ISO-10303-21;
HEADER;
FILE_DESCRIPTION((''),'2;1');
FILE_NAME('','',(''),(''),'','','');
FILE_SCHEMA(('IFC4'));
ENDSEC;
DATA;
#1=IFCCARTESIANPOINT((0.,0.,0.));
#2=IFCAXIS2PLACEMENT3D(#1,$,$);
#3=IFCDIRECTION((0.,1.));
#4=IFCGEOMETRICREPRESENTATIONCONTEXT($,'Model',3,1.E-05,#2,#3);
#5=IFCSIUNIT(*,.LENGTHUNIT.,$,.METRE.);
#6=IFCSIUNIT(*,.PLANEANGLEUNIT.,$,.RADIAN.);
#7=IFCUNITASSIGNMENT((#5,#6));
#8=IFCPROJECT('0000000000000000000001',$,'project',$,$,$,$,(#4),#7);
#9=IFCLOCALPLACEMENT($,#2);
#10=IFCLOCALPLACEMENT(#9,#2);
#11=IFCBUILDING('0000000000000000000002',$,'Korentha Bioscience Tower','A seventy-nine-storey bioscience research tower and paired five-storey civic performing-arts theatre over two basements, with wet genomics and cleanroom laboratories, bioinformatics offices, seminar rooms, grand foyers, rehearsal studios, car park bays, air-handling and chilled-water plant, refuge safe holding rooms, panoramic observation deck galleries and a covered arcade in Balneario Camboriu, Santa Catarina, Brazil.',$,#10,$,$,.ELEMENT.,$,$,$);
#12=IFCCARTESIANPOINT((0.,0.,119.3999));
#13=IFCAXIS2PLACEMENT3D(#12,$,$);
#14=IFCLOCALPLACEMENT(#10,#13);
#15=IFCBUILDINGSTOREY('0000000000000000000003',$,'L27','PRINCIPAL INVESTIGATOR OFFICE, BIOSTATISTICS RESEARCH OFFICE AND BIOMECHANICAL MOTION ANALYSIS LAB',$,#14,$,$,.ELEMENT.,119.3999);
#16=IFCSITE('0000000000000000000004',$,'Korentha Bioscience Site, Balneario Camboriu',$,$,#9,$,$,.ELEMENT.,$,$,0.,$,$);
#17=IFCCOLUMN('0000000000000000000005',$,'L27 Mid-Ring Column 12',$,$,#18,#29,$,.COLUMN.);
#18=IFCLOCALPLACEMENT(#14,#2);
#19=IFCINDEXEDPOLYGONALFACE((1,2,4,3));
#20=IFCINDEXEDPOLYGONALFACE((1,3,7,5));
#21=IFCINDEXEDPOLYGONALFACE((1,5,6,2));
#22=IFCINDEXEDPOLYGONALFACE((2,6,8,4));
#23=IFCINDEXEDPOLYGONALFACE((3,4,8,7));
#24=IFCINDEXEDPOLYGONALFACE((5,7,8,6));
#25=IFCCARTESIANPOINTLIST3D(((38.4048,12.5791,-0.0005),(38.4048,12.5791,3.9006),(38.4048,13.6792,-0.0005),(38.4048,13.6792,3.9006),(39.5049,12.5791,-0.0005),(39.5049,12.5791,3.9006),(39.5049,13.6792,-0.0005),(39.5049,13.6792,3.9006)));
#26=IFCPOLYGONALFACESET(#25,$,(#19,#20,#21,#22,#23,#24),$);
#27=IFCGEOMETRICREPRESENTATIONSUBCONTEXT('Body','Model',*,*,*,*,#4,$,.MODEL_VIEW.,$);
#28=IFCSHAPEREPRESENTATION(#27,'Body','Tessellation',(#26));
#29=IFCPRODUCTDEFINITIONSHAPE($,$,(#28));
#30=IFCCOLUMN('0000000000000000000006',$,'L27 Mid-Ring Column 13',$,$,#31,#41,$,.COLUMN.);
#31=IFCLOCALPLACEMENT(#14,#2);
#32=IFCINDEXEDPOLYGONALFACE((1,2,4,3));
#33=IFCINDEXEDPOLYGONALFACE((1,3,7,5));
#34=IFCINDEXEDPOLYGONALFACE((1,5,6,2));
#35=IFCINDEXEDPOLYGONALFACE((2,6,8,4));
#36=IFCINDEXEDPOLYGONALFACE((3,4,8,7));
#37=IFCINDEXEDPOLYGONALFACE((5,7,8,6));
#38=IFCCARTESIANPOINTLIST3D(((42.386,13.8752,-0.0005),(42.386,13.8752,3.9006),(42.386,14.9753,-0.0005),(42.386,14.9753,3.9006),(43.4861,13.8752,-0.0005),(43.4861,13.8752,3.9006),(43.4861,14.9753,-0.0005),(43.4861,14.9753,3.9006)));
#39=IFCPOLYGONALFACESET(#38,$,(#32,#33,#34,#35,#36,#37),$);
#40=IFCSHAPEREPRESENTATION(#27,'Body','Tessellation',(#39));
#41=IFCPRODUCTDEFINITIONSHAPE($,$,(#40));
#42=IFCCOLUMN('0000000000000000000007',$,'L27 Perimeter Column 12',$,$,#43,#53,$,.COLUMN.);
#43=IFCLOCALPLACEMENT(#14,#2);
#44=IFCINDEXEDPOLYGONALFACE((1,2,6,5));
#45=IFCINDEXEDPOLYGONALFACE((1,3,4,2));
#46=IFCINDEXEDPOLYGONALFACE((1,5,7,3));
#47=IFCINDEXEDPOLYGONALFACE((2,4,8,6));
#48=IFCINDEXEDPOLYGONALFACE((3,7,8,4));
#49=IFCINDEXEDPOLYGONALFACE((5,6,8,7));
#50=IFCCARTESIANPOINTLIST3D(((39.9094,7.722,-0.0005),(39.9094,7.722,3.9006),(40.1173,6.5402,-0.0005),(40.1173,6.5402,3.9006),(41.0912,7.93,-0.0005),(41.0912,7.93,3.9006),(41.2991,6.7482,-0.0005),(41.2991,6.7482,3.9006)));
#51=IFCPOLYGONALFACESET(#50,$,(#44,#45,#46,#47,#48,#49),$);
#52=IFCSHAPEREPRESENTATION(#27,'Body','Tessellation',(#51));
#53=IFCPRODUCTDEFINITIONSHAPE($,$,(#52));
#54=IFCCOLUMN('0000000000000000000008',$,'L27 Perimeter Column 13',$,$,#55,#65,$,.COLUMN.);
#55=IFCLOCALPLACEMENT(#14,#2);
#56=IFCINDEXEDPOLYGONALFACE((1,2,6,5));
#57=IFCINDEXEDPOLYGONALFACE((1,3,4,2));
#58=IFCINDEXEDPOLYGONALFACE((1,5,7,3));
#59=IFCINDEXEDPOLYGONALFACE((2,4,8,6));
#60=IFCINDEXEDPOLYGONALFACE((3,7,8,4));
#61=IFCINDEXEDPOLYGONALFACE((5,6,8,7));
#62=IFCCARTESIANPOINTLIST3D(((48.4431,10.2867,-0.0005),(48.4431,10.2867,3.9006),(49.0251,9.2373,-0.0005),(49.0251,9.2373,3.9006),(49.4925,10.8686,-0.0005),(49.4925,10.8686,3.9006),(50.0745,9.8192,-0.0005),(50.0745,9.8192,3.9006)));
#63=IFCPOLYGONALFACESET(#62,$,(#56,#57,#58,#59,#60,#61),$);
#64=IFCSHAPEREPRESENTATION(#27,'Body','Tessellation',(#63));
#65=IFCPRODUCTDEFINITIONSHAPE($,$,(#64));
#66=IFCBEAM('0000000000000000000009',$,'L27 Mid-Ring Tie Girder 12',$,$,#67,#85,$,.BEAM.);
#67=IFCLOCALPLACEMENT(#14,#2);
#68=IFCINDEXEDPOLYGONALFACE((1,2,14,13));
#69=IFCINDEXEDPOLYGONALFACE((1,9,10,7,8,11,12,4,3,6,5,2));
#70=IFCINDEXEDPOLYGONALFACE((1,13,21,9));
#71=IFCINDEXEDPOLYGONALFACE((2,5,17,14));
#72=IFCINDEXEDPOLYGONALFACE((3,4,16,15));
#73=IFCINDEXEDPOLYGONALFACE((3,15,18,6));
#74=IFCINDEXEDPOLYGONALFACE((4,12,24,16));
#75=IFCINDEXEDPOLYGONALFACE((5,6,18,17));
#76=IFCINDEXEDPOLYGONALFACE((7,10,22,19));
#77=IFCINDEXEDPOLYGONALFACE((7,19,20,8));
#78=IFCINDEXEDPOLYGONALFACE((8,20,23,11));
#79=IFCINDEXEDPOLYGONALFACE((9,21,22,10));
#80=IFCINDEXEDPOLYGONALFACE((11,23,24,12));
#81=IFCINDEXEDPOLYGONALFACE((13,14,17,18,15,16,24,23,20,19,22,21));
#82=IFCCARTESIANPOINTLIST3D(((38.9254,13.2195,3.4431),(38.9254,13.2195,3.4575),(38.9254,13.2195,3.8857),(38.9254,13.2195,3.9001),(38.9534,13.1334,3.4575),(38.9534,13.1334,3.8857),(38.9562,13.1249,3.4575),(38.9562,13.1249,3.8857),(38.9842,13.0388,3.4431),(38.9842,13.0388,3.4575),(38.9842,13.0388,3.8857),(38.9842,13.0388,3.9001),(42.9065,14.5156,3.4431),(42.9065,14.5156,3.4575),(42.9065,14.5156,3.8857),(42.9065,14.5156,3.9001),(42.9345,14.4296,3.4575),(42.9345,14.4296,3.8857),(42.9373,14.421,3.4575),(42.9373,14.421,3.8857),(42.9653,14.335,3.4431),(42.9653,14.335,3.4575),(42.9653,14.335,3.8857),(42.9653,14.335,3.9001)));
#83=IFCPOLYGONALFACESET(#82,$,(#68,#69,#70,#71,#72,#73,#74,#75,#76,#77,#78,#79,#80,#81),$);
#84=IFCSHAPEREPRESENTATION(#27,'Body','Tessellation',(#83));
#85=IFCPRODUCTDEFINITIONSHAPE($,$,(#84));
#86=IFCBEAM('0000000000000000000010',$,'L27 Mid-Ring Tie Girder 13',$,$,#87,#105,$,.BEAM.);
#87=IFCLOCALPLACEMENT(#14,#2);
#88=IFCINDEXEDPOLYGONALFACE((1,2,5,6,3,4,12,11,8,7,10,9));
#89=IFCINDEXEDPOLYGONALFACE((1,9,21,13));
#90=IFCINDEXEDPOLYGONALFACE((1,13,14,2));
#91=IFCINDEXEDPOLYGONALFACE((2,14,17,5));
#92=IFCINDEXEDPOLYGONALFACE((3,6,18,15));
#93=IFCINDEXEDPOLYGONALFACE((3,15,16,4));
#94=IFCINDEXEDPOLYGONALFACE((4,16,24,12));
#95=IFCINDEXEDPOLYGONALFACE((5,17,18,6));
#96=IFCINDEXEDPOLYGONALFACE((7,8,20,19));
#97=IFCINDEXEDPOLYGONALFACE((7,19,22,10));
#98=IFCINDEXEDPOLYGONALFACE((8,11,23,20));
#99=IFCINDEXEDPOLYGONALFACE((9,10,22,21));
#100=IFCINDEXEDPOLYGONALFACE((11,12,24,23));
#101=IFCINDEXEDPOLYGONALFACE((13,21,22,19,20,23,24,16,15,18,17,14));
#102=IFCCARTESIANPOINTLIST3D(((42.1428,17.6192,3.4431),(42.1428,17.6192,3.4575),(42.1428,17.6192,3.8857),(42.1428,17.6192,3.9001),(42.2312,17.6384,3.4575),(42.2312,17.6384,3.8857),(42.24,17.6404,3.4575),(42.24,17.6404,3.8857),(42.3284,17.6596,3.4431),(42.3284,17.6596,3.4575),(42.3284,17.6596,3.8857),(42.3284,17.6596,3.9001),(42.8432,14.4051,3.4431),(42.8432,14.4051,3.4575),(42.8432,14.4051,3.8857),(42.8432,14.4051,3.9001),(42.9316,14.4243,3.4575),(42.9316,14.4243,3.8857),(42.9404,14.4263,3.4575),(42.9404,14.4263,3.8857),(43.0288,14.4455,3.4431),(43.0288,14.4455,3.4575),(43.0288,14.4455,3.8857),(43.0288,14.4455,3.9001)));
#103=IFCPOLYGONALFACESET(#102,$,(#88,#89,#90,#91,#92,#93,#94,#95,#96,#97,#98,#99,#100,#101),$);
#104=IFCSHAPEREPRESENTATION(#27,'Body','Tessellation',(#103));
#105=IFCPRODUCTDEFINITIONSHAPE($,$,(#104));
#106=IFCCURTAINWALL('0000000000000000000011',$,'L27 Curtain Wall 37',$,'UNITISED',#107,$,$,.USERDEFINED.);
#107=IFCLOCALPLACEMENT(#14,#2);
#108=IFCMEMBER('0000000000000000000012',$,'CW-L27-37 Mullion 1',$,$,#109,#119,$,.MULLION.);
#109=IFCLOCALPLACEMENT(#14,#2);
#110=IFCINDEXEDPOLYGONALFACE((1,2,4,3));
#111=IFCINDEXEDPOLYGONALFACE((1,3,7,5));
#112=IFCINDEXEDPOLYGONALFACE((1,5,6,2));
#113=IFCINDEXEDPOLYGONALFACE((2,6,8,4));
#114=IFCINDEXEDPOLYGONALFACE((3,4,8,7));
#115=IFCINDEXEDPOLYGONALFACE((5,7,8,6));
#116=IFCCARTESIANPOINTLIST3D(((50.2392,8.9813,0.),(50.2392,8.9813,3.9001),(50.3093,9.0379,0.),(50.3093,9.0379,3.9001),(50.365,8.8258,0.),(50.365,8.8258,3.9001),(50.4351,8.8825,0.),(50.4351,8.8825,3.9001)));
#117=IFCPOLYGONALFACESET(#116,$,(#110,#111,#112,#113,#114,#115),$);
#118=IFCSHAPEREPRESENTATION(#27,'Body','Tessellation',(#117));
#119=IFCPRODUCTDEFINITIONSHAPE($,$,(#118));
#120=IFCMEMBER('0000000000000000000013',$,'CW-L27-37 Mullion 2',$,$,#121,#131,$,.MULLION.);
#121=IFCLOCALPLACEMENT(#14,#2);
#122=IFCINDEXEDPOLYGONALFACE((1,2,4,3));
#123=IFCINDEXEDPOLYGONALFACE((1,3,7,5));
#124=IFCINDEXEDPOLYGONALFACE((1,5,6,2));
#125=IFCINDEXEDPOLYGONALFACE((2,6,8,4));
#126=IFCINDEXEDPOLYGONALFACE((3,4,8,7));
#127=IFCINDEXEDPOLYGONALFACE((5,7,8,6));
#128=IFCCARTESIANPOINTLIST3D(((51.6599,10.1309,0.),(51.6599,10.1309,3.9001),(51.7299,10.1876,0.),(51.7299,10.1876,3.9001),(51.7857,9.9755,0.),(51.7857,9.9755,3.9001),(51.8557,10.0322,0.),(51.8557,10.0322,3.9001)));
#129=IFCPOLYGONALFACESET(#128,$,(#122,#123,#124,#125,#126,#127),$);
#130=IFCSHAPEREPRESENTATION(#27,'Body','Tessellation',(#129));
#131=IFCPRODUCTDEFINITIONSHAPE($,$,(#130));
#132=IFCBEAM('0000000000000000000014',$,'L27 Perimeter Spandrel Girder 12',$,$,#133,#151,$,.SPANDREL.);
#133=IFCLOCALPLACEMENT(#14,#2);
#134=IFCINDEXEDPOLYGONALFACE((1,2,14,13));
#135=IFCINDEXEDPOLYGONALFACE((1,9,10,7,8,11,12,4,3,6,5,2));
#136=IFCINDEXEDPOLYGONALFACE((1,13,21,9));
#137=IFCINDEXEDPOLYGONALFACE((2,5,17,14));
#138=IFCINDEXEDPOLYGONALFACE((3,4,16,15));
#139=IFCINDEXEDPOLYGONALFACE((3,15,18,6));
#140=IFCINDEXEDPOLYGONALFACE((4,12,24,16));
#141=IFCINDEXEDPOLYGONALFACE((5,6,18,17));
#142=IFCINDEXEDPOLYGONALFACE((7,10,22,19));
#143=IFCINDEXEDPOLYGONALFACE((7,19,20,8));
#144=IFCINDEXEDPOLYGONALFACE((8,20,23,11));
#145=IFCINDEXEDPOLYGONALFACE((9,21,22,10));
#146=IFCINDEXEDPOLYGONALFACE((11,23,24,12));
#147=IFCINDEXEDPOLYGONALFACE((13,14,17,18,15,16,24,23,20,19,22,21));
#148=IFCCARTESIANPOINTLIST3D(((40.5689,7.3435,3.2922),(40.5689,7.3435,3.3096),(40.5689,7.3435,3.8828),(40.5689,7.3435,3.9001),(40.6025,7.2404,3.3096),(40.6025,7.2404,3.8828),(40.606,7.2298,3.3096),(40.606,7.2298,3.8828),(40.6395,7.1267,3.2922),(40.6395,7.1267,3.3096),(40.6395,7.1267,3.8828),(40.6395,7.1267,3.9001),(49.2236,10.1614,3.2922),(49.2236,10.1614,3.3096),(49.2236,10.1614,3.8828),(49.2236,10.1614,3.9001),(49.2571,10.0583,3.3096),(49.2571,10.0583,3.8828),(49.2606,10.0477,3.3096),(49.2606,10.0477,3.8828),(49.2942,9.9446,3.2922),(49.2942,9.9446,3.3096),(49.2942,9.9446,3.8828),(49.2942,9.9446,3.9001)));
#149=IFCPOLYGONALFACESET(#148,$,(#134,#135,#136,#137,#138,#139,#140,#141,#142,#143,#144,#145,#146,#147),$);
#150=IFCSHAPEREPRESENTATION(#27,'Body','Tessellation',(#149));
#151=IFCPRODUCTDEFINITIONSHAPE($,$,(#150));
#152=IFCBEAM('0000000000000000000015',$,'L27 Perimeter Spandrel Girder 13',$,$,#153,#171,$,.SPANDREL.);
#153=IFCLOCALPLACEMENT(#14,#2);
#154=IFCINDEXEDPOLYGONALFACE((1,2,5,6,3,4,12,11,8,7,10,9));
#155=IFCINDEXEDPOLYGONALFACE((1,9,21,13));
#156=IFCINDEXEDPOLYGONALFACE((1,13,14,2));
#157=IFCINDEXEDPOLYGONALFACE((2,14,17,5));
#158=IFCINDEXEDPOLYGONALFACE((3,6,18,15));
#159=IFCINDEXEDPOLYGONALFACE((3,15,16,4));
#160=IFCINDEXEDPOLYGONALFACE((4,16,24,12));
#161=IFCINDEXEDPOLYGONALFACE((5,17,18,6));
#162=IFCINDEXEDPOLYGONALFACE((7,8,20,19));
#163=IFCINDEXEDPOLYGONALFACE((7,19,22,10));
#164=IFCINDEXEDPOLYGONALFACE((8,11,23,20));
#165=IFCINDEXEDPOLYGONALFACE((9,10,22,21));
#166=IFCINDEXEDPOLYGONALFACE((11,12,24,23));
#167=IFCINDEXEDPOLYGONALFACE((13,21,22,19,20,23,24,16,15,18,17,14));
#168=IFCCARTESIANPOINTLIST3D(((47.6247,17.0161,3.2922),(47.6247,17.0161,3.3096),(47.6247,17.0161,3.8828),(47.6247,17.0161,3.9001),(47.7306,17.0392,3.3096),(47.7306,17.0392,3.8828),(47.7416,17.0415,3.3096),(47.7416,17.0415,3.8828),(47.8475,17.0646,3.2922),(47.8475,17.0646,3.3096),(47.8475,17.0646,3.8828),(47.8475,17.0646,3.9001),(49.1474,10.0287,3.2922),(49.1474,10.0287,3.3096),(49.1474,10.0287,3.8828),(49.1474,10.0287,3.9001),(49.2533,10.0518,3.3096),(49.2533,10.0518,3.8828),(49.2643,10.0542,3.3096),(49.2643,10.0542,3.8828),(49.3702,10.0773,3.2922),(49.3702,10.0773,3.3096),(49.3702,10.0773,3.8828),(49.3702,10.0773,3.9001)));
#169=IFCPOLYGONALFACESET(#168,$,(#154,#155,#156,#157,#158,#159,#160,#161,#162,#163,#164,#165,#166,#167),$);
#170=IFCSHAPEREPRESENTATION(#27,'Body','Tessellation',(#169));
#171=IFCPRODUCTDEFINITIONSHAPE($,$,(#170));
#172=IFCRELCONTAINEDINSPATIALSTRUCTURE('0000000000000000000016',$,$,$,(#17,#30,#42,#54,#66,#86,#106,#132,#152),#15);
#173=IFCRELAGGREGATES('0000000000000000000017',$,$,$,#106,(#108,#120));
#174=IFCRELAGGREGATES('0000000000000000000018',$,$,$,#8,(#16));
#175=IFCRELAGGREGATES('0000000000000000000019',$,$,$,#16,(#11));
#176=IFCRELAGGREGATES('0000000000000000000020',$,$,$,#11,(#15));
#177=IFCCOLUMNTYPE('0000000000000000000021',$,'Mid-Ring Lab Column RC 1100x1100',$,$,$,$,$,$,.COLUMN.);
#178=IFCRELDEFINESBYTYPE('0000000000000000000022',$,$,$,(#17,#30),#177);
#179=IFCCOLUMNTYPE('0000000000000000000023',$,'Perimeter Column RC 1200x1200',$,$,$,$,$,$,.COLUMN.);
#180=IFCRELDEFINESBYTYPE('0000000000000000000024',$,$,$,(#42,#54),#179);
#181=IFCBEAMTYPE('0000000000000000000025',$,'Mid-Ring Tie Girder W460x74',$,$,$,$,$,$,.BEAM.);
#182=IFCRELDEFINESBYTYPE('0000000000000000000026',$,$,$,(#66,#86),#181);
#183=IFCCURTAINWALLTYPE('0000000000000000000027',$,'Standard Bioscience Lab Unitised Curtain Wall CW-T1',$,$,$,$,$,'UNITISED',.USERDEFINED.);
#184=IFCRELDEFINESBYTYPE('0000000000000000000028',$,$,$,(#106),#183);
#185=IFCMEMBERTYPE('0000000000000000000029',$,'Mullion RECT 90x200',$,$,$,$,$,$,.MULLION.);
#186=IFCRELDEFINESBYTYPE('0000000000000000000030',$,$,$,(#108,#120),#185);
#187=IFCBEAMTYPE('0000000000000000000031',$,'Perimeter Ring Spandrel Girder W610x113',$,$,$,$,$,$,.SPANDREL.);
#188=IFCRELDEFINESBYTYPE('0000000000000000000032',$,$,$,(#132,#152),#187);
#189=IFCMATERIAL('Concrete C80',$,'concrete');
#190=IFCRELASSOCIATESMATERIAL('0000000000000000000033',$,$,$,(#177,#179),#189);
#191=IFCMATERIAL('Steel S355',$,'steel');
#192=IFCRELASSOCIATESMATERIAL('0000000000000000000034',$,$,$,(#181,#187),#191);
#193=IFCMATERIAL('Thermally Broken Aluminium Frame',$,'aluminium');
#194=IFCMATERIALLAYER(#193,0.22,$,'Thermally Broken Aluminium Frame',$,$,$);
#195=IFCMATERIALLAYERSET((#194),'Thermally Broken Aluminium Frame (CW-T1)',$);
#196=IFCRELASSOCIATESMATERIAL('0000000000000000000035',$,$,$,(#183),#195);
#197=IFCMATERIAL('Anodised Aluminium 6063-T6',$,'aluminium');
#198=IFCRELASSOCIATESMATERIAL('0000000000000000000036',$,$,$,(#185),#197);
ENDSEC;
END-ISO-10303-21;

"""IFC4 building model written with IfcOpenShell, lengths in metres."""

from ifc_helpers import new_model, si_unit, direction, frame, origin, origin_2d, place, context, subcontext, project, spatial, rectangle, i_section, extrude, material, layer, layer_set, material_profile, profile_set, type_object, element, aggregate, save


model = new_model("IFC4")

# Units and contexts
model_context = context("Model", 3, precision=1e-05, world=origin(), true_north=direction((0.0, 1.0)))
body_context = subcontext(model_context, "Body", "Model", "MODEL_VIEW")
ifc_project = project(units=[si_unit("LENGTHUNIT", "METRE"), si_unit("PLANEANGLEUNIT", "RADIAN")], contexts=[model_context])

# Site, building, storey
site_placement = place(None, origin())
site = spatial("IfcSite", under=ifc_project, at=site_placement, Name="Korentha Bioscience Site, Balneario Camboriu", CompositionType="ELEMENT", RefElevation=0.0)
building_placement = place(site_placement, origin())
building = spatial("IfcBuilding", under=site, at=building_placement, Name="Korentha Bioscience Tower", Description="A seventy-nine-storey bioscience research tower and paired five-storey civic performing-arts theatre over two basements, with wet genomics and cleanroom laboratories, bioinformatics offices, seminar rooms, grand foyers, rehearsal studios, car park bays, air-handling and chilled-water plant, refuge safe holding rooms, panoramic observation deck galleries and a covered arcade in Balneario Camboriu, Santa Catarina, Brazil.", CompositionType="ELEMENT")
storey_placement = place(building_placement, frame((0.0, 0.0, 119.3999)))
storey = spatial("IfcBuildingStorey", under=building, at=storey_placement, Name="L27", Description="PRINCIPAL INVESTIGATOR OFFICE, BIOSTATISTICS RESEARCH OFFICE AND BIOMECHANICAL MOTION ANALYSIS LAB", CompositionType="ELEMENT", Elevation=119.3999)

# Columns
ifc_material_1 = material(Name="Concrete C80", Category="concrete")
ifc_material_profile_1 = material_profile(ifc_material_1, rectangle(XDim=1.1001, YDim=1.1001, at=origin_2d()), Name="Concrete C80")
ifc_profile_set_1 = profile_set([ifc_material_profile_1], Name="Concrete C80 (COL-MR11)")
column_type_1 = type_object("IfcColumnType", Name="Mid-Ring Lab Column RC 1100x1100", PredefinedType="COLUMN", material=ifc_profile_set_1)
for number, where, z_axis, x_axis, name in (
    (1, (38.9548, 13.1292, -0.0005), (0.0, 0.0, 1.0), (1.0, 0.0, 0.0), "L27 Mid-Ring Column 12"),
    (2, (42.936, 14.4253, -0.0005), (0.0, 0.0, 1.0), (1.0, 0.0, 0.0), "L27 Mid-Ring Column 13"),
):
    element("IfcColumn", number, at=place(storey_placement, frame(where, z_axis=z_axis, x_axis=x_axis)), inside=storey, type_object=column_type_1, Name=name, PredefinedType="COLUMN", context=body_context, shape_type="SweptSolid", body=[
        extrude(rectangle(XDim=1.1001, YDim=1.1001, at=origin_2d()), origin(), (0.0, 0.0, 1.0), 3.9011),
    ])
ifc_material_profile_2 = material_profile(ifc_material_1, rectangle(XDim=1.2, YDim=1.2, at=origin_2d()), Name="Concrete C80")
ifc_profile_set_2 = profile_set([ifc_material_profile_2], Name="Concrete C80 (COL-P12)")
column_type_2 = type_object("IfcColumnType", Name="Perimeter Column RC 1200x1200", PredefinedType="COLUMN", material=ifc_profile_set_2)
for number, where, z_axis, x_axis, name in (
    (3, (40.6042, 7.2351, -0.0005), (0.0, 0.0, 1.0), (0.984868, 0.173304, 0.0), "L27 Perimeter Column 12"),
    (4, (49.2588, 10.053, -0.0005), (0.0, 0.0, 1.0), (0.874535, 0.484962, 0.0), "L27 Perimeter Column 13"),
):
    element("IfcColumn", number, at=place(storey_placement, frame(where, z_axis=z_axis, x_axis=x_axis)), inside=storey, type_object=column_type_2, Name=name, PredefinedType="COLUMN", context=body_context, shape_type="SweptSolid", body=[
        extrude(rectangle(XDim=1.2, YDim=1.2, at=origin_2d()), origin(), (0.0, 0.0, 1.0), 3.9011),
    ])

# Beams
ifc_material_2 = material(Name="Steel S355", Category="steel")
ifc_material_profile_3 = material_profile(ifc_material_2, i_section(OverallWidth=0.1899, OverallDepth=0.457, WebThickness=0.009, FlangeThickness=0.0144, at=origin_2d()), Name="Steel S355")
ifc_profile_set_3 = profile_set([ifc_material_profile_3], Name="Steel S355 (MB-460)")
beam_type_1 = type_object("IfcBeamType", Name="Mid-Ring Tie Girder W460x74", PredefinedType="BEAM", material=ifc_profile_set_3)
beam_1_placement = place(storey_placement, frame((38.9548, 13.1292, 3.6716), z_axis=(0.950876, 0.309573, 0.0), x_axis=(-0.309573, 0.950876, 0.0)))
element("IfcBeam", 5, at=beam_1_placement, inside=storey, type_object=beam_type_1, Name="L27 Mid-Ring Tie Girder 12", PredefinedType="BEAM", context=body_context, shape_type="SweptSolid", body=[
    extrude(i_section(OverallWidth=0.1899, OverallDepth=0.457, WebThickness=0.009, FlangeThickness=0.0144, at=origin_2d()), origin(), (0.0, 0.0, 1.0), 4.1868),
])
beam_2_placement = place(storey_placement, frame((42.936, 14.4253, 3.6716), z_axis=(-0.212929, 0.977068, 0.0), x_axis=(-0.977068, -0.212929, 0.0)))
element("IfcBeam", 6, at=beam_2_placement, inside=storey, type_object=beam_type_1, Name="L27 Mid-Ring Tie Girder 13", PredefinedType="BEAM", context=body_context, shape_type="SweptSolid", body=[
    extrude(i_section(OverallWidth=0.1899, OverallDepth=0.457, WebThickness=0.009, FlangeThickness=0.0144, at=origin_2d()), origin(), (0.0, 0.0, 1.0), 3.2896),
])

# Curtain wall, members
ifc_material_3 = material(Name="Thermally Broken Aluminium Frame", Category="aluminium")
ifc_layer_1 = layer(ifc_material_3, 0.22, Name="Thermally Broken Aluminium Frame")
ifc_layer_set_1 = layer_set([ifc_layer_1], Name="Thermally Broken Aluminium Frame (CW-T1)")
curtain_wall_type = type_object("IfcCurtainWallType", Name="Standard Bioscience Lab Unitised Curtain Wall CW-T1", ElementType="UNITISED", PredefinedType="USERDEFINED", material=ifc_layer_set_1)
curtain_wall_placement = place(storey_placement, origin())
curtain_wall = element("IfcCurtainWall", 7, at=curtain_wall_placement, inside=storey, type_object=curtain_wall_type, Name="L27 Curtain Wall 37", ObjectType="UNITISED", PredefinedType="USERDEFINED")
ifc_material_4 = material(Name="Anodised Aluminium 6063-T6", Category="aluminium")
ifc_material_profile_4 = material_profile(ifc_material_4, rectangle(XDim=0.0901, YDim=0.2, at=origin_2d()), Name="Anodised Aluminium 6063-T6")
ifc_profile_set_4 = profile_set([ifc_material_profile_4], Name="Anodised Aluminium 6063-T6 (CW-MUL)")
member_type_1 = type_object("IfcMemberType", Name="Mullion RECT 90x200", PredefinedType="MULLION", material=ifc_profile_set_4)
member_1_placement = place(storey_placement, frame((50.3372, 8.9319, 0.0), z_axis=(0.0, 0.0, 1.0), x_axis=(0.777315, 0.629111, 0.0)))
member_1 = element("IfcMember", 8, at=member_1_placement, type_object=member_type_1, Name="CW-L27-37 Mullion 1", PredefinedType="MULLION", context=body_context, shape_type="SweptSolid", body=[
    extrude(rectangle(XDim=0.0901, YDim=0.2, at=origin_2d()), origin(), (0.0, 0.0, 1.0), 3.9001),
])
member_2_placement = place(storey_placement, frame((51.7578, 10.0815, 0.0), z_axis=(0.0, 0.0, 1.0), x_axis=(0.777315, 0.629111, 0.0)))
member_2 = element("IfcMember", 9, at=member_2_placement, type_object=member_type_1, Name="CW-L27-37 Mullion 2", PredefinedType="MULLION", context=body_context, shape_type="SweptSolid", body=[
    extrude(rectangle(XDim=0.0901, YDim=0.2, at=origin_2d()), origin(), (0.0, 0.0, 1.0), 3.9001),
])

# Beams
ifc_material_profile_5 = material_profile(ifc_material_2, i_section(OverallWidth=0.228, OverallDepth=0.6079, WebThickness=0.0112, FlangeThickness=0.0173, at=origin_2d()), Name="Steel S355")
ifc_profile_set_5 = profile_set([ifc_material_profile_5], Name="Steel S355 (SB-610)")
beam_type_2 = type_object("IfcBeamType", Name="Perimeter Ring Spandrel Girder W610x113", PredefinedType="SPANDREL", material=ifc_profile_set_5)
beam_3_placement = place(storey_placement, frame((40.6042, 7.2351, 3.5962), z_axis=(0.950868, 0.309597, 0.0), x_axis=(-0.309597, 0.950868, 0.0)))
element("IfcBeam", 10, at=beam_3_placement, inside=storey, type_object=beam_type_2, Name="L27 Perimeter Spandrel Girder 12", PredefinedType="SPANDREL", context=body_context, shape_type="SweptSolid", body=[
    extrude(i_section(OverallWidth=0.228, OverallDepth=0.6079, WebThickness=0.0112, FlangeThickness=0.0173, at=origin_2d()), origin(), (0.0, 0.0, 1.0), 9.1018),
])
beam_4_placement = place(storey_placement, frame((49.2588, 10.053, 3.5962), z_axis=(-0.212927, 0.977068, 0.0), x_axis=(-0.977068, -0.212927, 0.0)))
element("IfcBeam", 11, at=beam_4_placement, inside=storey, type_object=beam_type_2, Name="L27 Perimeter Spandrel Girder 13", PredefinedType="SPANDREL", context=body_context, shape_type="SweptSolid", body=[
    extrude(i_section(OverallWidth=0.228, OverallDepth=0.6079, WebThickness=0.0112, FlangeThickness=0.0173, at=origin_2d()), origin(), (0.0, 0.0, 1.0), 7.1514),
])

aggregate(curtain_wall, [member_1, member_2])

save(model, "model.ifc")
